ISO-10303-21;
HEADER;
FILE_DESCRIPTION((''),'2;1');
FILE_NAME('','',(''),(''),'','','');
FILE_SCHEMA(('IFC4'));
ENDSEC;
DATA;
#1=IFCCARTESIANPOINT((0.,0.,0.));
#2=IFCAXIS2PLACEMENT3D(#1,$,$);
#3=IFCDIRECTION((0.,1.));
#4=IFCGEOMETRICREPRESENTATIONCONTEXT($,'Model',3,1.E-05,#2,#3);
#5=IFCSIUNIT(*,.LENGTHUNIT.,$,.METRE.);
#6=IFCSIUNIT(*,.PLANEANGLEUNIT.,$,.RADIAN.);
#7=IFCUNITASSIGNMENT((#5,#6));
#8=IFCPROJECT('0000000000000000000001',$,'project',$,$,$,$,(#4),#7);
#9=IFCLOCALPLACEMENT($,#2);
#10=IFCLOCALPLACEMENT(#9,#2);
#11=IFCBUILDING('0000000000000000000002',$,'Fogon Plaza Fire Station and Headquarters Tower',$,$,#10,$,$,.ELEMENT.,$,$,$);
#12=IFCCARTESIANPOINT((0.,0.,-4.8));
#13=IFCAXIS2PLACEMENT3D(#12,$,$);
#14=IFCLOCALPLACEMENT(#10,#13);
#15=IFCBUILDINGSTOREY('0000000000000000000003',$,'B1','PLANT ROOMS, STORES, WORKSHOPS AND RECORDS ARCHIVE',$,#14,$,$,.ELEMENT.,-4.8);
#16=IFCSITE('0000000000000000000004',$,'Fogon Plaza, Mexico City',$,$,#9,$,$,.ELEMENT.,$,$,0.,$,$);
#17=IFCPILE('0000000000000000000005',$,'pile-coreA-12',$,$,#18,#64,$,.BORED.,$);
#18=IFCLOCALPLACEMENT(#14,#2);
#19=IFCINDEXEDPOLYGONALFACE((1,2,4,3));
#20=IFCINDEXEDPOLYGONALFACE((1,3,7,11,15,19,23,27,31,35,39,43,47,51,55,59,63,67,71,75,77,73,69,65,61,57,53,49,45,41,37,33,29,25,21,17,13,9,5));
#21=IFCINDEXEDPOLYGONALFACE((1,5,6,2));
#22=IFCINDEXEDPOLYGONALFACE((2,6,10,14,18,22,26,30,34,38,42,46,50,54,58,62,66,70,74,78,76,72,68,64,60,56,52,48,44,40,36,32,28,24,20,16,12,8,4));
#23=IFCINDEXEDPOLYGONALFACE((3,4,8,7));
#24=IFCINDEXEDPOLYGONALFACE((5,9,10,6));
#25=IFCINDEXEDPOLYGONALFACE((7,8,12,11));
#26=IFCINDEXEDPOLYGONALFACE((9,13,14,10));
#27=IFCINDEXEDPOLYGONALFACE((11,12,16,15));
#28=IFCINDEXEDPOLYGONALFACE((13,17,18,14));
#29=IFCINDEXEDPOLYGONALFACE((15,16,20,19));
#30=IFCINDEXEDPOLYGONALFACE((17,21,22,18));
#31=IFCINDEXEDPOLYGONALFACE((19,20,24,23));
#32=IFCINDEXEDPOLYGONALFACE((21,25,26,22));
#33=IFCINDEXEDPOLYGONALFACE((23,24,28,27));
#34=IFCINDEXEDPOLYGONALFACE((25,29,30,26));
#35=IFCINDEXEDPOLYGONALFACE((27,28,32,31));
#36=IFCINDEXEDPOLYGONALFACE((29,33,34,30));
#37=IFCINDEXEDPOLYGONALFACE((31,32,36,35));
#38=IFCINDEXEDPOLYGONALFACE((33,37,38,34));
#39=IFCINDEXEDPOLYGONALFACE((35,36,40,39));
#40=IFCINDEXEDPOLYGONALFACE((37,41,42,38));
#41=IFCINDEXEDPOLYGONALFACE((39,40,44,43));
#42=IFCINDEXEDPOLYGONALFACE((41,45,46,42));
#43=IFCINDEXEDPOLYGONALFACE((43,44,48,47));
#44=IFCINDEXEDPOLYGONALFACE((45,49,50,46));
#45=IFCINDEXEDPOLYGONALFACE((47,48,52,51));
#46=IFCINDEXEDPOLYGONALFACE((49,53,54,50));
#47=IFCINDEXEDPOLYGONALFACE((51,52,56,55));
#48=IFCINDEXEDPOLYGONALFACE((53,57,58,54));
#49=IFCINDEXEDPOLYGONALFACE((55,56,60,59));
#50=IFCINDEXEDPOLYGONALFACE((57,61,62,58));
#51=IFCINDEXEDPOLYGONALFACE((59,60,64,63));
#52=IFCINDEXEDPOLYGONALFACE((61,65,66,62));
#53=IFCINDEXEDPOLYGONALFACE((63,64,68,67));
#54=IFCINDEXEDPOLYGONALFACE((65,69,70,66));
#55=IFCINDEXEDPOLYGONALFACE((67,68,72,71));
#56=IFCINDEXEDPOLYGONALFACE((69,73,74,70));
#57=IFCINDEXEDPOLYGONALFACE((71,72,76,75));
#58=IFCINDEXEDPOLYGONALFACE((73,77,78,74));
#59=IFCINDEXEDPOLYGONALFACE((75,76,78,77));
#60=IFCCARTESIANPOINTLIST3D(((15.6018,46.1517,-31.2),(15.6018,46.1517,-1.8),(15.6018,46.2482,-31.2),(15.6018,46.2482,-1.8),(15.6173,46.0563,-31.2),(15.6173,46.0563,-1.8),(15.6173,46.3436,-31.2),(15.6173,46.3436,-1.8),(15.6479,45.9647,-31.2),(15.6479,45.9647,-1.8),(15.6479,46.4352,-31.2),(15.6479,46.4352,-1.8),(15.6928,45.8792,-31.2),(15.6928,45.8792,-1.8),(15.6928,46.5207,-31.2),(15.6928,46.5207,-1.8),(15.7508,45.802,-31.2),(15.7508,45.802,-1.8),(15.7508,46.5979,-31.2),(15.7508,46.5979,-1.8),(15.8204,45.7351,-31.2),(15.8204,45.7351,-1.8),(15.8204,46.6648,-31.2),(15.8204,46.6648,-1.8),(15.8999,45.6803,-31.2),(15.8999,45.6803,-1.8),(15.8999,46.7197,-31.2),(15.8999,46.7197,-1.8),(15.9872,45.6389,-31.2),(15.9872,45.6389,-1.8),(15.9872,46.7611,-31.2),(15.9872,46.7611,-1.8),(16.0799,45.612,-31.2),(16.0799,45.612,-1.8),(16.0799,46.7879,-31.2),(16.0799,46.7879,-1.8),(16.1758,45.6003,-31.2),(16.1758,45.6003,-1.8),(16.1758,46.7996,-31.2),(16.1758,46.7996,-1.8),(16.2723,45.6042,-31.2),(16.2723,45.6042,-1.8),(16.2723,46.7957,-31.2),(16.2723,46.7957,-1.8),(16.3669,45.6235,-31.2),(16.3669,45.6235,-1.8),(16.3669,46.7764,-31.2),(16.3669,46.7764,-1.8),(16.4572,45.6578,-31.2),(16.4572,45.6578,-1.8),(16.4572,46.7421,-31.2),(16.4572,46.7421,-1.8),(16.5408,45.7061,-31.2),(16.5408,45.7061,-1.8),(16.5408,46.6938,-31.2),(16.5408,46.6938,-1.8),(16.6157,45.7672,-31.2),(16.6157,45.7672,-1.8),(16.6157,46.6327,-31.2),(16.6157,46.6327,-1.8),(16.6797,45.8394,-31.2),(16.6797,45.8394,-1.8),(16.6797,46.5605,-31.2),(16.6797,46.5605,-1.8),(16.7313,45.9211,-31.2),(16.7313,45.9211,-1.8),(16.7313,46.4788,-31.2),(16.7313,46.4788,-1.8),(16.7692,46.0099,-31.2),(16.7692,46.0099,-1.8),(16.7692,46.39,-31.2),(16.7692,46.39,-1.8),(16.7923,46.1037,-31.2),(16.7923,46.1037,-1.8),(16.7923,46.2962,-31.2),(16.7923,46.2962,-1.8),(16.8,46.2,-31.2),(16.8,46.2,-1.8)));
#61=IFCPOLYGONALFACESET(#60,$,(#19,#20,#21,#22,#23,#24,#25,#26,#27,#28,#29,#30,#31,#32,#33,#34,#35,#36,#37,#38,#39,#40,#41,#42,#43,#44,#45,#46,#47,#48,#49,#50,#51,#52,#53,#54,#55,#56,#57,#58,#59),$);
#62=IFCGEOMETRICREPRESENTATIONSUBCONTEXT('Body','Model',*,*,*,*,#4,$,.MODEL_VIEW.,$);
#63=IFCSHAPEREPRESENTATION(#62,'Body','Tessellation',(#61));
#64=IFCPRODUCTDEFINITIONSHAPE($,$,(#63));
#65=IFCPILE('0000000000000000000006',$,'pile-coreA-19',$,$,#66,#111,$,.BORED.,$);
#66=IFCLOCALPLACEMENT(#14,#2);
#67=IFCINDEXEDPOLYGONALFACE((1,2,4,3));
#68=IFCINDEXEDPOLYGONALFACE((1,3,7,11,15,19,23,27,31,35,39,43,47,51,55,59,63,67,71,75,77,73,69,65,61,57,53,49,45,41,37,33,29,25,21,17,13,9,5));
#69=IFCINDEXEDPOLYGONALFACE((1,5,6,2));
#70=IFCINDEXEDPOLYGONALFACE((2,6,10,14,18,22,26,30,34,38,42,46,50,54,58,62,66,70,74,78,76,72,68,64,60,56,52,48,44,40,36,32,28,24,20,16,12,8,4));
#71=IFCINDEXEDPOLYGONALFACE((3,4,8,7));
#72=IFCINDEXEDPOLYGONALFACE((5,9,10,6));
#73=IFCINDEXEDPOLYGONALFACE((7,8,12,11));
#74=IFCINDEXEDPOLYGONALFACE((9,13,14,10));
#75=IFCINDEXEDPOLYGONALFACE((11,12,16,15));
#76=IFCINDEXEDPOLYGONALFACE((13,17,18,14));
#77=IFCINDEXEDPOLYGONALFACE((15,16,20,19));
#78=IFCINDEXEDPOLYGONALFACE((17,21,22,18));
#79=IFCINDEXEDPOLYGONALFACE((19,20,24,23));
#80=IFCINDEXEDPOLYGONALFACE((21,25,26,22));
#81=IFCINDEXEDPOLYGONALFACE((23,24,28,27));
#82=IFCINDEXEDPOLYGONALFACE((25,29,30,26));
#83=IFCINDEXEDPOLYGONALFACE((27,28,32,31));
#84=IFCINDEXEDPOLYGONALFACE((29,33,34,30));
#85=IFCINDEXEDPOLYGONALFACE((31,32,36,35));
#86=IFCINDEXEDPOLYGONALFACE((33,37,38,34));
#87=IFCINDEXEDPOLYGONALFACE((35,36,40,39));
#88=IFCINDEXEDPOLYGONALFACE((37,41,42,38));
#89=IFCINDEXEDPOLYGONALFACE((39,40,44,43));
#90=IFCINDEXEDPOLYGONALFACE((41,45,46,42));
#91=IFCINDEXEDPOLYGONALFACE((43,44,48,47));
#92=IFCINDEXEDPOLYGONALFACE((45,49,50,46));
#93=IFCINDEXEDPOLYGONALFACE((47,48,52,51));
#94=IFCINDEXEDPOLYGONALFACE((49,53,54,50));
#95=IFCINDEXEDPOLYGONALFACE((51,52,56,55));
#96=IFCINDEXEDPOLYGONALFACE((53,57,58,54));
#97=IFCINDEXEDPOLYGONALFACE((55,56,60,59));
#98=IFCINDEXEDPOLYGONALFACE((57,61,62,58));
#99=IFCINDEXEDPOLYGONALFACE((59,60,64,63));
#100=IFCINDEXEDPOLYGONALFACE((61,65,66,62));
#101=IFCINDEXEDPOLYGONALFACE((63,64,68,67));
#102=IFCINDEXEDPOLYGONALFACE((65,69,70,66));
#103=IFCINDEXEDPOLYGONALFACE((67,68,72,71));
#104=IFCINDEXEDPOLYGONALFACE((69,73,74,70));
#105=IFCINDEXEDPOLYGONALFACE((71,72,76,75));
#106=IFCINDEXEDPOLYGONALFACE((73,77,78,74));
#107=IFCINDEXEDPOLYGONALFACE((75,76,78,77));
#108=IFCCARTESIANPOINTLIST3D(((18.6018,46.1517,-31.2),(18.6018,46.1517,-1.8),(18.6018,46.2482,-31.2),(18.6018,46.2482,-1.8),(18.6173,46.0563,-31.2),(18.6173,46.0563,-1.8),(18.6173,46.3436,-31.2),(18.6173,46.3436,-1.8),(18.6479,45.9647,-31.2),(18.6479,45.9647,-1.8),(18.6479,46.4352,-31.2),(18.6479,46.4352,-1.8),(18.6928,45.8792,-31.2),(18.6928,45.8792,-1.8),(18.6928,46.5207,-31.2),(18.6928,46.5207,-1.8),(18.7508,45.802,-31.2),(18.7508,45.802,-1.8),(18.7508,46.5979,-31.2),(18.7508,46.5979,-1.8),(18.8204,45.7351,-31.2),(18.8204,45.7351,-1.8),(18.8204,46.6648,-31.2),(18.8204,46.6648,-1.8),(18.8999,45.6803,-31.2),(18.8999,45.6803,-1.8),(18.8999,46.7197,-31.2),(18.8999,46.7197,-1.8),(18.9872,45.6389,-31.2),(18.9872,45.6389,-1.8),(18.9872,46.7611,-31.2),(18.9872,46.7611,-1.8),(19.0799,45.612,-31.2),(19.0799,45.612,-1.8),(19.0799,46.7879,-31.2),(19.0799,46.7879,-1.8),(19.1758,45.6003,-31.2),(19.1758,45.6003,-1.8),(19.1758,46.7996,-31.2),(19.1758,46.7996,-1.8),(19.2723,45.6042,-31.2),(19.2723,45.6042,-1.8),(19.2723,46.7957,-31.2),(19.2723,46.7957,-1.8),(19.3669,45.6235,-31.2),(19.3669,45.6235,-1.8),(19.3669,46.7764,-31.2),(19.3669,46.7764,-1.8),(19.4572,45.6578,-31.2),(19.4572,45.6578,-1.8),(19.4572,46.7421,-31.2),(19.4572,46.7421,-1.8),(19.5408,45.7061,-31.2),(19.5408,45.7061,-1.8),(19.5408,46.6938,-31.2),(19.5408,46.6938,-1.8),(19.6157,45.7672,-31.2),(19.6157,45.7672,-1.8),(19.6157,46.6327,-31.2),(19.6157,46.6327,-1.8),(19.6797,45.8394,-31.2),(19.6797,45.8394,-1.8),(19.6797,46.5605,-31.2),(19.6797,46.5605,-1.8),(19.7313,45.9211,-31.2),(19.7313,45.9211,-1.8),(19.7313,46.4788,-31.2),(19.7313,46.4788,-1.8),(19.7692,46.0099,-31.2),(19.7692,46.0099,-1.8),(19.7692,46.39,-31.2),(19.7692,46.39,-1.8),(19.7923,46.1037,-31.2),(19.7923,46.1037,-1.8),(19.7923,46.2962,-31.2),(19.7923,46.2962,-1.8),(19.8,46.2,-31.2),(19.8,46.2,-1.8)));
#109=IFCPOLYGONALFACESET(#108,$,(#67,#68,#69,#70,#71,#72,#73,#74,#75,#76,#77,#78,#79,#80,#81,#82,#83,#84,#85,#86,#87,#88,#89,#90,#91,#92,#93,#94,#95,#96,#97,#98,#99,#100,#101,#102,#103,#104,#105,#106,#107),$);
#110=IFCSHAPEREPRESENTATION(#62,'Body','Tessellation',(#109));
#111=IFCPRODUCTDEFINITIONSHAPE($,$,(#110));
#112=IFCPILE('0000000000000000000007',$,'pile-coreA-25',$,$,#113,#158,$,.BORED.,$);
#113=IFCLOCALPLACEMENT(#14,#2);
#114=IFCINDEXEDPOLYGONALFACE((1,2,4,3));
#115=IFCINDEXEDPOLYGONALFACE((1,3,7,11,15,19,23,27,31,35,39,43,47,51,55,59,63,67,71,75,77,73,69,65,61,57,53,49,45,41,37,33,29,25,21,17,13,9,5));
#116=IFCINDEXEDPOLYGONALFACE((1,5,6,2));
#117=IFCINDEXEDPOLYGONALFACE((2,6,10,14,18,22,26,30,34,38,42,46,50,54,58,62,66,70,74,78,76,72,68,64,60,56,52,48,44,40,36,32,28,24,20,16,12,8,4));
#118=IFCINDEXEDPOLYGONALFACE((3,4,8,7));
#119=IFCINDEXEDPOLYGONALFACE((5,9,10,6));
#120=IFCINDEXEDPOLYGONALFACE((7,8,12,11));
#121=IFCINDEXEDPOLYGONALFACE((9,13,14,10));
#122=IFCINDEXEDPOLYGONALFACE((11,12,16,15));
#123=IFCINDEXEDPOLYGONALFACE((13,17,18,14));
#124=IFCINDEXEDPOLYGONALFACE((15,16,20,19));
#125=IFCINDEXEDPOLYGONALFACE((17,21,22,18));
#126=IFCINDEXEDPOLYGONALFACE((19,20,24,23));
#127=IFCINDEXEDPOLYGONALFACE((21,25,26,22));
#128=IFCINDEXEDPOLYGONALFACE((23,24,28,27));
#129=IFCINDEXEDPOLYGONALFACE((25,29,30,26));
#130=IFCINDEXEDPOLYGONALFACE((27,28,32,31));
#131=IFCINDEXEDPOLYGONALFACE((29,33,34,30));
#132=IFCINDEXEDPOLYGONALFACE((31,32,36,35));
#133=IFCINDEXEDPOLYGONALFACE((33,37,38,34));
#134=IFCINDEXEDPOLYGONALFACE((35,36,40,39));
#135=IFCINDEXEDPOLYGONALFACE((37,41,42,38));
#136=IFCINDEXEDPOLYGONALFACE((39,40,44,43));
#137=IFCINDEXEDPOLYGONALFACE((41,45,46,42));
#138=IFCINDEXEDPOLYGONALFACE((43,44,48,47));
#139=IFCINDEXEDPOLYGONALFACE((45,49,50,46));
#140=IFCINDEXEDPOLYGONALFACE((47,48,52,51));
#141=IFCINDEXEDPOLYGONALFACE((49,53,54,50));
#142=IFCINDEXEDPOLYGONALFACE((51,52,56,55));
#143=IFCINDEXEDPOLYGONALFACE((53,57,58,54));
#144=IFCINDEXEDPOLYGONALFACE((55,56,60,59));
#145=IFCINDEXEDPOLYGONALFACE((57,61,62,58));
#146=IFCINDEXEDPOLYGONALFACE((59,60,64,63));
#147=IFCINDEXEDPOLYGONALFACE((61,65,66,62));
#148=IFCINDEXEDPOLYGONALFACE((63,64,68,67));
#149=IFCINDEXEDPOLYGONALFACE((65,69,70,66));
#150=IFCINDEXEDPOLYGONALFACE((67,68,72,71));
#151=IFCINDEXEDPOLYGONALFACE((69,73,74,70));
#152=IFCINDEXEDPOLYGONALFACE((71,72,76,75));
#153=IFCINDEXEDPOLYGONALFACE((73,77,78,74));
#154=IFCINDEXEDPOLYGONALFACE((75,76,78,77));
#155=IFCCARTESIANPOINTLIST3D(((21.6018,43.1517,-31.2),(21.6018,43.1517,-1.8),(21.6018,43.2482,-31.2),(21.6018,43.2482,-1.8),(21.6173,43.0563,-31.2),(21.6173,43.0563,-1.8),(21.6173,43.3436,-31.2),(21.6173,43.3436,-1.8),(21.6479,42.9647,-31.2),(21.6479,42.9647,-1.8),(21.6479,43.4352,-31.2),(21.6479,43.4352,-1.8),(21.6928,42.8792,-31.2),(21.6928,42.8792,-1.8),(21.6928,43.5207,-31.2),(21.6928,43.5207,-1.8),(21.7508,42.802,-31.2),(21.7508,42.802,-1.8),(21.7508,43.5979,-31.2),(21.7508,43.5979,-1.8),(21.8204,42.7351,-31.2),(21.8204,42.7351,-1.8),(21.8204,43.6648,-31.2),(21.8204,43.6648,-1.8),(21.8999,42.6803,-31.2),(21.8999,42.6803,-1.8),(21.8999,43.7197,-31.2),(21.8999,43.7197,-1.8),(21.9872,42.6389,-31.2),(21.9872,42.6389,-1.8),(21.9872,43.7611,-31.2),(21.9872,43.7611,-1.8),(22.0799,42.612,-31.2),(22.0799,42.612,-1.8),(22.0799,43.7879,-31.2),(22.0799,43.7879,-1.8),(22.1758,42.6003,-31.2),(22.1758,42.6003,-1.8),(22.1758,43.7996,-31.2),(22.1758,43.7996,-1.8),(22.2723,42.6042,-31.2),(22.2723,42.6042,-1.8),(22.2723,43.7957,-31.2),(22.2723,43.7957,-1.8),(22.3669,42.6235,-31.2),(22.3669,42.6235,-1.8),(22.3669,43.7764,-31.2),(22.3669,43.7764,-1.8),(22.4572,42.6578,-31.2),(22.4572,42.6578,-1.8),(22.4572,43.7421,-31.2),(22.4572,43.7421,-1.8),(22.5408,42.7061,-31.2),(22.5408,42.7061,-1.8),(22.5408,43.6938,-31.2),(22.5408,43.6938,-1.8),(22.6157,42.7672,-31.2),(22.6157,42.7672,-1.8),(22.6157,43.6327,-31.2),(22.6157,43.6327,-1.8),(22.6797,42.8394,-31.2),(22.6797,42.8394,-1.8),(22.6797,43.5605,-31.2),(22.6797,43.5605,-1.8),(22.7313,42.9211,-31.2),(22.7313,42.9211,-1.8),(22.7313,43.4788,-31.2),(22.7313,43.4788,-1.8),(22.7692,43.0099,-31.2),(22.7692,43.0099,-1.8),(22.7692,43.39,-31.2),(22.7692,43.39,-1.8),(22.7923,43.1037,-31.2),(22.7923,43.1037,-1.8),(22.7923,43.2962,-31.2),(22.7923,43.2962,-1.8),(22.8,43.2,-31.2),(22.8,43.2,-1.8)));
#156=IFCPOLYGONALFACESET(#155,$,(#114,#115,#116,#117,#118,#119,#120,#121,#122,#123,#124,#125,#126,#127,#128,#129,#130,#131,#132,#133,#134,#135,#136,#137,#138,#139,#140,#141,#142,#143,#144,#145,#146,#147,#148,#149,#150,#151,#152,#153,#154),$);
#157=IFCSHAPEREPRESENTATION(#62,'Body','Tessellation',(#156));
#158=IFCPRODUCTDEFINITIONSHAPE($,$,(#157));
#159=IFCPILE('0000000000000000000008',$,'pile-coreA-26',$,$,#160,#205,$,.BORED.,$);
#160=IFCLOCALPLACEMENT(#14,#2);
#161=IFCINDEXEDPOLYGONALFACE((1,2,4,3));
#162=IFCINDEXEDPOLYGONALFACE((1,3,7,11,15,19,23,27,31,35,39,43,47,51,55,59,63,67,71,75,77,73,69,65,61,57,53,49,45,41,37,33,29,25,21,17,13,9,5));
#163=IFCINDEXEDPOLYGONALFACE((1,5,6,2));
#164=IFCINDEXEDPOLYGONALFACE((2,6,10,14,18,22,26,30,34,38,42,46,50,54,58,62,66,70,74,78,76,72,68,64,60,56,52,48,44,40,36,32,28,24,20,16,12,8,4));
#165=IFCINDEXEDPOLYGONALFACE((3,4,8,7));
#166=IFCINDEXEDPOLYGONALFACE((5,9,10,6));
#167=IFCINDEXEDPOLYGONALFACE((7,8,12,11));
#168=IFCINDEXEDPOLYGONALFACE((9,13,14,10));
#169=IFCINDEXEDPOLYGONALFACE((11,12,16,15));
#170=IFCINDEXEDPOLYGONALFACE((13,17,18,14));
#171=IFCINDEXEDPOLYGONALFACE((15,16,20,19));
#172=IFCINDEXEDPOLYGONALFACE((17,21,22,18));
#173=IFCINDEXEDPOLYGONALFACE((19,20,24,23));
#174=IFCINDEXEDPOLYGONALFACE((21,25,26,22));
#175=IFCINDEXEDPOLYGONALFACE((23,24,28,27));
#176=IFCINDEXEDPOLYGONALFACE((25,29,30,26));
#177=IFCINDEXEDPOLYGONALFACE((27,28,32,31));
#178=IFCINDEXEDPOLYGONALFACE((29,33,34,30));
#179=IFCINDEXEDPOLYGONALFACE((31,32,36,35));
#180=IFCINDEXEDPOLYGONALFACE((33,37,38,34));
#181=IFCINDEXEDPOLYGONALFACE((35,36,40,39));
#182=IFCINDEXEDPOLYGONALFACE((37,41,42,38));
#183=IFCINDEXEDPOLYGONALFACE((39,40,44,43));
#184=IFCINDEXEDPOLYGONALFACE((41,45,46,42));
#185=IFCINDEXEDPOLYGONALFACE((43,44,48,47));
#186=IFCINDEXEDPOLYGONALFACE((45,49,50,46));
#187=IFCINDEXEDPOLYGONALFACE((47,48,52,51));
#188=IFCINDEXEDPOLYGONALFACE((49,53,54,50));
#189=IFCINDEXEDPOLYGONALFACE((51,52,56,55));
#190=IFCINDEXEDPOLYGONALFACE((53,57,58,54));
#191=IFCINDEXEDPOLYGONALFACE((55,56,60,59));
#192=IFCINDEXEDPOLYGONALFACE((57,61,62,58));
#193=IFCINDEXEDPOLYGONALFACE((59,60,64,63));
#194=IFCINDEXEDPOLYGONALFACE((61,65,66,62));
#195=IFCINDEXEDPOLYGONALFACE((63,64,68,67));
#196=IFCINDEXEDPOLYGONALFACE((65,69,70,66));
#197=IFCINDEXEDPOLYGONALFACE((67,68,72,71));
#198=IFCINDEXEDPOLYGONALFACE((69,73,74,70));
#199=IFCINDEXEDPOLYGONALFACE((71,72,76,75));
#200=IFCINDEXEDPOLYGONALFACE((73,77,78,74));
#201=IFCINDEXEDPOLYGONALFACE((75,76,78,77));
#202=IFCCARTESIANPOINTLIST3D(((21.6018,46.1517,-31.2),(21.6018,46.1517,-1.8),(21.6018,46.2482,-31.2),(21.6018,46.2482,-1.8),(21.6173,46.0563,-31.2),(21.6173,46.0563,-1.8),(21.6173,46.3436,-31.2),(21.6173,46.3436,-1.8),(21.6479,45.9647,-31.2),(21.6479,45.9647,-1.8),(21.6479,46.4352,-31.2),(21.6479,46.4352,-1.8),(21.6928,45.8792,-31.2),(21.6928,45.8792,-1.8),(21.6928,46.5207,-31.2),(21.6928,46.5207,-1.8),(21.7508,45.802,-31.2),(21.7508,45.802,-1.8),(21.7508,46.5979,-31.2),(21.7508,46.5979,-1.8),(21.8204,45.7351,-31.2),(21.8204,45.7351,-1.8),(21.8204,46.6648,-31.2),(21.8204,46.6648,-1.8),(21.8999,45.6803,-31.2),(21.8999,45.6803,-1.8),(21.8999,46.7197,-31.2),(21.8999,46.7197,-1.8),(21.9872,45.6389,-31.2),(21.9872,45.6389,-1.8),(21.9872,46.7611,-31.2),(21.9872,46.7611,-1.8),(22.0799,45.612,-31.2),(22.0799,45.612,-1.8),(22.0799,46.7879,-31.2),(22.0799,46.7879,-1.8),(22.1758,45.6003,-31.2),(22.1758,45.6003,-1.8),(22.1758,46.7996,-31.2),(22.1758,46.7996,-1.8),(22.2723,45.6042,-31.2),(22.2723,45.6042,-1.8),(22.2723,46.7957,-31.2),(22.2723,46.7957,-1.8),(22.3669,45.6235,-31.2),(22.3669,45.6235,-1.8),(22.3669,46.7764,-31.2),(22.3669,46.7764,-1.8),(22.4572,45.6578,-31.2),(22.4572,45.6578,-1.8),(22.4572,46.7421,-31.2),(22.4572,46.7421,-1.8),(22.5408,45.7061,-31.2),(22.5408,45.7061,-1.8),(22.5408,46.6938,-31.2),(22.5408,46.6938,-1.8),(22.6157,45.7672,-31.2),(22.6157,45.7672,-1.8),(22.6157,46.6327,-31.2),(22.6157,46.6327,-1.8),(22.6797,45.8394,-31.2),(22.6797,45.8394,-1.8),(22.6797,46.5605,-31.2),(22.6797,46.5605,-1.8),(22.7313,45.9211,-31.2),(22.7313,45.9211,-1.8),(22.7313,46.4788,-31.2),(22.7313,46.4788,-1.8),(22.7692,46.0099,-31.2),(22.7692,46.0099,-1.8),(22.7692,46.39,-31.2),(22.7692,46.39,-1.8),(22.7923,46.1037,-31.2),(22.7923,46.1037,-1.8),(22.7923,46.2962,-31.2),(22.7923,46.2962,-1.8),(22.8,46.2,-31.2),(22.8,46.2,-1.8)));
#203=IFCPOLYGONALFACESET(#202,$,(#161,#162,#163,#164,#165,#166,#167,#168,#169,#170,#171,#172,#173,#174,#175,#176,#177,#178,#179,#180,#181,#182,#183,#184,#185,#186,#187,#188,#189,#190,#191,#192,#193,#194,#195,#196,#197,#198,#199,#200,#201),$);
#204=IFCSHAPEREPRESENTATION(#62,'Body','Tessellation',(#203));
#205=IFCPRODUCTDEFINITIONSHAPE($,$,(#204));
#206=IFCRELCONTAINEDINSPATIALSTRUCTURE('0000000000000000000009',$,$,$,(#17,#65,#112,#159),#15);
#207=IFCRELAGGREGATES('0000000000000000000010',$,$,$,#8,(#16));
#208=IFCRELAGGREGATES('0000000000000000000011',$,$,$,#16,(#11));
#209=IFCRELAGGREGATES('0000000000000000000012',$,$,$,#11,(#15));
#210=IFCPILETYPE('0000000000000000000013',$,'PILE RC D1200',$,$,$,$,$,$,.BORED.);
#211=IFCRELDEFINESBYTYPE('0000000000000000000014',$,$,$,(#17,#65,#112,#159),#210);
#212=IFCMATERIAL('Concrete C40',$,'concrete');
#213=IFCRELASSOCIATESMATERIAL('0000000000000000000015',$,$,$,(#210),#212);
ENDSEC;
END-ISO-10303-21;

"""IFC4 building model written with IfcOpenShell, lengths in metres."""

from ifc_helpers import new_model, si_unit, direction, frame, origin, origin_2d, place, context, subcontext, project, spatial, circle, extrude, material, material_profile, profile_set, type_object, element, save


model = new_model("IFC4")

# Units and contexts
model_context = context("Model", 3, precision=1e-05, world=origin(), true_north=direction((0.0, 1.0)))
body_context = subcontext(model_context, "Body", "Model", "MODEL_VIEW")
ifc_project = project(units=[si_unit("LENGTHUNIT", "METRE"), si_unit("PLANEANGLEUNIT", "RADIAN")], contexts=[model_context])

# Site, building, storey
site_placement = place(None, origin())
site = spatial("IfcSite", under=ifc_project, at=site_placement, Name="Fogon Plaza, Mexico City", CompositionType="ELEMENT", RefElevation=0.0)
building_placement = place(site_placement, origin())
building = spatial("IfcBuilding", under=site, at=building_placement, Name="Fogon Plaza Fire Station and Headquarters Tower", CompositionType="ELEMENT")
storey_placement = place(building_placement, frame((0.0, 0.0, -4.8)))
storey = spatial("IfcBuildingStorey", under=building, at=storey_placement, Name="B1", Description="PLANT ROOMS, STORES, WORKSHOPS AND RECORDS ARCHIVE", CompositionType="ELEMENT", Elevation=-4.8)

# Piles
ifc_material_1 = material(Name="Concrete C40", Category="concrete")
ifc_material_profile = material_profile(ifc_material_1, circle(Radius=0.6001, at=origin_2d()), Name="RC D1200")
ifc_profile_set = profile_set([ifc_material_profile], Name="Concrete C40")
pile_type = type_object("IfcPileType", Name="PILE RC D1200", PredefinedType="BORED", material=ifc_profile_set)
for number, where, z_axis, x_axis, name in (
    (1, (16.2, 46.2, -1.8), (0.0, 0.0, -1.0), (1.0, 0.0, 0.0), "pile-coreA-12"),
    (2, (19.2, 46.2, -1.8), (0.0, 0.0, -1.0), (1.0, 0.0, 0.0), "pile-coreA-19"),
    (3, (22.2, 43.2, -1.8), (0.0, 0.0, -1.0), (1.0, 0.0, 0.0), "pile-coreA-25"),
    (4, (22.2, 46.2, -1.8), (0.0, 0.0, -1.0), (1.0, 0.0, 0.0), "pile-coreA-26"),
):
    element("IfcPile", number, at=place(storey_placement, frame(where, z_axis=z_axis, x_axis=x_axis)), inside=storey, type_object=pile_type, Name=name, PredefinedType="BORED", context=body_context, shape_type="SweptSolid", body=[
        extrude(circle(Radius=0.6001, at=origin_2d()), origin(), (0.0, 0.0, 1.0), 29.3999),
    ])

save(model, "model.ifc")
